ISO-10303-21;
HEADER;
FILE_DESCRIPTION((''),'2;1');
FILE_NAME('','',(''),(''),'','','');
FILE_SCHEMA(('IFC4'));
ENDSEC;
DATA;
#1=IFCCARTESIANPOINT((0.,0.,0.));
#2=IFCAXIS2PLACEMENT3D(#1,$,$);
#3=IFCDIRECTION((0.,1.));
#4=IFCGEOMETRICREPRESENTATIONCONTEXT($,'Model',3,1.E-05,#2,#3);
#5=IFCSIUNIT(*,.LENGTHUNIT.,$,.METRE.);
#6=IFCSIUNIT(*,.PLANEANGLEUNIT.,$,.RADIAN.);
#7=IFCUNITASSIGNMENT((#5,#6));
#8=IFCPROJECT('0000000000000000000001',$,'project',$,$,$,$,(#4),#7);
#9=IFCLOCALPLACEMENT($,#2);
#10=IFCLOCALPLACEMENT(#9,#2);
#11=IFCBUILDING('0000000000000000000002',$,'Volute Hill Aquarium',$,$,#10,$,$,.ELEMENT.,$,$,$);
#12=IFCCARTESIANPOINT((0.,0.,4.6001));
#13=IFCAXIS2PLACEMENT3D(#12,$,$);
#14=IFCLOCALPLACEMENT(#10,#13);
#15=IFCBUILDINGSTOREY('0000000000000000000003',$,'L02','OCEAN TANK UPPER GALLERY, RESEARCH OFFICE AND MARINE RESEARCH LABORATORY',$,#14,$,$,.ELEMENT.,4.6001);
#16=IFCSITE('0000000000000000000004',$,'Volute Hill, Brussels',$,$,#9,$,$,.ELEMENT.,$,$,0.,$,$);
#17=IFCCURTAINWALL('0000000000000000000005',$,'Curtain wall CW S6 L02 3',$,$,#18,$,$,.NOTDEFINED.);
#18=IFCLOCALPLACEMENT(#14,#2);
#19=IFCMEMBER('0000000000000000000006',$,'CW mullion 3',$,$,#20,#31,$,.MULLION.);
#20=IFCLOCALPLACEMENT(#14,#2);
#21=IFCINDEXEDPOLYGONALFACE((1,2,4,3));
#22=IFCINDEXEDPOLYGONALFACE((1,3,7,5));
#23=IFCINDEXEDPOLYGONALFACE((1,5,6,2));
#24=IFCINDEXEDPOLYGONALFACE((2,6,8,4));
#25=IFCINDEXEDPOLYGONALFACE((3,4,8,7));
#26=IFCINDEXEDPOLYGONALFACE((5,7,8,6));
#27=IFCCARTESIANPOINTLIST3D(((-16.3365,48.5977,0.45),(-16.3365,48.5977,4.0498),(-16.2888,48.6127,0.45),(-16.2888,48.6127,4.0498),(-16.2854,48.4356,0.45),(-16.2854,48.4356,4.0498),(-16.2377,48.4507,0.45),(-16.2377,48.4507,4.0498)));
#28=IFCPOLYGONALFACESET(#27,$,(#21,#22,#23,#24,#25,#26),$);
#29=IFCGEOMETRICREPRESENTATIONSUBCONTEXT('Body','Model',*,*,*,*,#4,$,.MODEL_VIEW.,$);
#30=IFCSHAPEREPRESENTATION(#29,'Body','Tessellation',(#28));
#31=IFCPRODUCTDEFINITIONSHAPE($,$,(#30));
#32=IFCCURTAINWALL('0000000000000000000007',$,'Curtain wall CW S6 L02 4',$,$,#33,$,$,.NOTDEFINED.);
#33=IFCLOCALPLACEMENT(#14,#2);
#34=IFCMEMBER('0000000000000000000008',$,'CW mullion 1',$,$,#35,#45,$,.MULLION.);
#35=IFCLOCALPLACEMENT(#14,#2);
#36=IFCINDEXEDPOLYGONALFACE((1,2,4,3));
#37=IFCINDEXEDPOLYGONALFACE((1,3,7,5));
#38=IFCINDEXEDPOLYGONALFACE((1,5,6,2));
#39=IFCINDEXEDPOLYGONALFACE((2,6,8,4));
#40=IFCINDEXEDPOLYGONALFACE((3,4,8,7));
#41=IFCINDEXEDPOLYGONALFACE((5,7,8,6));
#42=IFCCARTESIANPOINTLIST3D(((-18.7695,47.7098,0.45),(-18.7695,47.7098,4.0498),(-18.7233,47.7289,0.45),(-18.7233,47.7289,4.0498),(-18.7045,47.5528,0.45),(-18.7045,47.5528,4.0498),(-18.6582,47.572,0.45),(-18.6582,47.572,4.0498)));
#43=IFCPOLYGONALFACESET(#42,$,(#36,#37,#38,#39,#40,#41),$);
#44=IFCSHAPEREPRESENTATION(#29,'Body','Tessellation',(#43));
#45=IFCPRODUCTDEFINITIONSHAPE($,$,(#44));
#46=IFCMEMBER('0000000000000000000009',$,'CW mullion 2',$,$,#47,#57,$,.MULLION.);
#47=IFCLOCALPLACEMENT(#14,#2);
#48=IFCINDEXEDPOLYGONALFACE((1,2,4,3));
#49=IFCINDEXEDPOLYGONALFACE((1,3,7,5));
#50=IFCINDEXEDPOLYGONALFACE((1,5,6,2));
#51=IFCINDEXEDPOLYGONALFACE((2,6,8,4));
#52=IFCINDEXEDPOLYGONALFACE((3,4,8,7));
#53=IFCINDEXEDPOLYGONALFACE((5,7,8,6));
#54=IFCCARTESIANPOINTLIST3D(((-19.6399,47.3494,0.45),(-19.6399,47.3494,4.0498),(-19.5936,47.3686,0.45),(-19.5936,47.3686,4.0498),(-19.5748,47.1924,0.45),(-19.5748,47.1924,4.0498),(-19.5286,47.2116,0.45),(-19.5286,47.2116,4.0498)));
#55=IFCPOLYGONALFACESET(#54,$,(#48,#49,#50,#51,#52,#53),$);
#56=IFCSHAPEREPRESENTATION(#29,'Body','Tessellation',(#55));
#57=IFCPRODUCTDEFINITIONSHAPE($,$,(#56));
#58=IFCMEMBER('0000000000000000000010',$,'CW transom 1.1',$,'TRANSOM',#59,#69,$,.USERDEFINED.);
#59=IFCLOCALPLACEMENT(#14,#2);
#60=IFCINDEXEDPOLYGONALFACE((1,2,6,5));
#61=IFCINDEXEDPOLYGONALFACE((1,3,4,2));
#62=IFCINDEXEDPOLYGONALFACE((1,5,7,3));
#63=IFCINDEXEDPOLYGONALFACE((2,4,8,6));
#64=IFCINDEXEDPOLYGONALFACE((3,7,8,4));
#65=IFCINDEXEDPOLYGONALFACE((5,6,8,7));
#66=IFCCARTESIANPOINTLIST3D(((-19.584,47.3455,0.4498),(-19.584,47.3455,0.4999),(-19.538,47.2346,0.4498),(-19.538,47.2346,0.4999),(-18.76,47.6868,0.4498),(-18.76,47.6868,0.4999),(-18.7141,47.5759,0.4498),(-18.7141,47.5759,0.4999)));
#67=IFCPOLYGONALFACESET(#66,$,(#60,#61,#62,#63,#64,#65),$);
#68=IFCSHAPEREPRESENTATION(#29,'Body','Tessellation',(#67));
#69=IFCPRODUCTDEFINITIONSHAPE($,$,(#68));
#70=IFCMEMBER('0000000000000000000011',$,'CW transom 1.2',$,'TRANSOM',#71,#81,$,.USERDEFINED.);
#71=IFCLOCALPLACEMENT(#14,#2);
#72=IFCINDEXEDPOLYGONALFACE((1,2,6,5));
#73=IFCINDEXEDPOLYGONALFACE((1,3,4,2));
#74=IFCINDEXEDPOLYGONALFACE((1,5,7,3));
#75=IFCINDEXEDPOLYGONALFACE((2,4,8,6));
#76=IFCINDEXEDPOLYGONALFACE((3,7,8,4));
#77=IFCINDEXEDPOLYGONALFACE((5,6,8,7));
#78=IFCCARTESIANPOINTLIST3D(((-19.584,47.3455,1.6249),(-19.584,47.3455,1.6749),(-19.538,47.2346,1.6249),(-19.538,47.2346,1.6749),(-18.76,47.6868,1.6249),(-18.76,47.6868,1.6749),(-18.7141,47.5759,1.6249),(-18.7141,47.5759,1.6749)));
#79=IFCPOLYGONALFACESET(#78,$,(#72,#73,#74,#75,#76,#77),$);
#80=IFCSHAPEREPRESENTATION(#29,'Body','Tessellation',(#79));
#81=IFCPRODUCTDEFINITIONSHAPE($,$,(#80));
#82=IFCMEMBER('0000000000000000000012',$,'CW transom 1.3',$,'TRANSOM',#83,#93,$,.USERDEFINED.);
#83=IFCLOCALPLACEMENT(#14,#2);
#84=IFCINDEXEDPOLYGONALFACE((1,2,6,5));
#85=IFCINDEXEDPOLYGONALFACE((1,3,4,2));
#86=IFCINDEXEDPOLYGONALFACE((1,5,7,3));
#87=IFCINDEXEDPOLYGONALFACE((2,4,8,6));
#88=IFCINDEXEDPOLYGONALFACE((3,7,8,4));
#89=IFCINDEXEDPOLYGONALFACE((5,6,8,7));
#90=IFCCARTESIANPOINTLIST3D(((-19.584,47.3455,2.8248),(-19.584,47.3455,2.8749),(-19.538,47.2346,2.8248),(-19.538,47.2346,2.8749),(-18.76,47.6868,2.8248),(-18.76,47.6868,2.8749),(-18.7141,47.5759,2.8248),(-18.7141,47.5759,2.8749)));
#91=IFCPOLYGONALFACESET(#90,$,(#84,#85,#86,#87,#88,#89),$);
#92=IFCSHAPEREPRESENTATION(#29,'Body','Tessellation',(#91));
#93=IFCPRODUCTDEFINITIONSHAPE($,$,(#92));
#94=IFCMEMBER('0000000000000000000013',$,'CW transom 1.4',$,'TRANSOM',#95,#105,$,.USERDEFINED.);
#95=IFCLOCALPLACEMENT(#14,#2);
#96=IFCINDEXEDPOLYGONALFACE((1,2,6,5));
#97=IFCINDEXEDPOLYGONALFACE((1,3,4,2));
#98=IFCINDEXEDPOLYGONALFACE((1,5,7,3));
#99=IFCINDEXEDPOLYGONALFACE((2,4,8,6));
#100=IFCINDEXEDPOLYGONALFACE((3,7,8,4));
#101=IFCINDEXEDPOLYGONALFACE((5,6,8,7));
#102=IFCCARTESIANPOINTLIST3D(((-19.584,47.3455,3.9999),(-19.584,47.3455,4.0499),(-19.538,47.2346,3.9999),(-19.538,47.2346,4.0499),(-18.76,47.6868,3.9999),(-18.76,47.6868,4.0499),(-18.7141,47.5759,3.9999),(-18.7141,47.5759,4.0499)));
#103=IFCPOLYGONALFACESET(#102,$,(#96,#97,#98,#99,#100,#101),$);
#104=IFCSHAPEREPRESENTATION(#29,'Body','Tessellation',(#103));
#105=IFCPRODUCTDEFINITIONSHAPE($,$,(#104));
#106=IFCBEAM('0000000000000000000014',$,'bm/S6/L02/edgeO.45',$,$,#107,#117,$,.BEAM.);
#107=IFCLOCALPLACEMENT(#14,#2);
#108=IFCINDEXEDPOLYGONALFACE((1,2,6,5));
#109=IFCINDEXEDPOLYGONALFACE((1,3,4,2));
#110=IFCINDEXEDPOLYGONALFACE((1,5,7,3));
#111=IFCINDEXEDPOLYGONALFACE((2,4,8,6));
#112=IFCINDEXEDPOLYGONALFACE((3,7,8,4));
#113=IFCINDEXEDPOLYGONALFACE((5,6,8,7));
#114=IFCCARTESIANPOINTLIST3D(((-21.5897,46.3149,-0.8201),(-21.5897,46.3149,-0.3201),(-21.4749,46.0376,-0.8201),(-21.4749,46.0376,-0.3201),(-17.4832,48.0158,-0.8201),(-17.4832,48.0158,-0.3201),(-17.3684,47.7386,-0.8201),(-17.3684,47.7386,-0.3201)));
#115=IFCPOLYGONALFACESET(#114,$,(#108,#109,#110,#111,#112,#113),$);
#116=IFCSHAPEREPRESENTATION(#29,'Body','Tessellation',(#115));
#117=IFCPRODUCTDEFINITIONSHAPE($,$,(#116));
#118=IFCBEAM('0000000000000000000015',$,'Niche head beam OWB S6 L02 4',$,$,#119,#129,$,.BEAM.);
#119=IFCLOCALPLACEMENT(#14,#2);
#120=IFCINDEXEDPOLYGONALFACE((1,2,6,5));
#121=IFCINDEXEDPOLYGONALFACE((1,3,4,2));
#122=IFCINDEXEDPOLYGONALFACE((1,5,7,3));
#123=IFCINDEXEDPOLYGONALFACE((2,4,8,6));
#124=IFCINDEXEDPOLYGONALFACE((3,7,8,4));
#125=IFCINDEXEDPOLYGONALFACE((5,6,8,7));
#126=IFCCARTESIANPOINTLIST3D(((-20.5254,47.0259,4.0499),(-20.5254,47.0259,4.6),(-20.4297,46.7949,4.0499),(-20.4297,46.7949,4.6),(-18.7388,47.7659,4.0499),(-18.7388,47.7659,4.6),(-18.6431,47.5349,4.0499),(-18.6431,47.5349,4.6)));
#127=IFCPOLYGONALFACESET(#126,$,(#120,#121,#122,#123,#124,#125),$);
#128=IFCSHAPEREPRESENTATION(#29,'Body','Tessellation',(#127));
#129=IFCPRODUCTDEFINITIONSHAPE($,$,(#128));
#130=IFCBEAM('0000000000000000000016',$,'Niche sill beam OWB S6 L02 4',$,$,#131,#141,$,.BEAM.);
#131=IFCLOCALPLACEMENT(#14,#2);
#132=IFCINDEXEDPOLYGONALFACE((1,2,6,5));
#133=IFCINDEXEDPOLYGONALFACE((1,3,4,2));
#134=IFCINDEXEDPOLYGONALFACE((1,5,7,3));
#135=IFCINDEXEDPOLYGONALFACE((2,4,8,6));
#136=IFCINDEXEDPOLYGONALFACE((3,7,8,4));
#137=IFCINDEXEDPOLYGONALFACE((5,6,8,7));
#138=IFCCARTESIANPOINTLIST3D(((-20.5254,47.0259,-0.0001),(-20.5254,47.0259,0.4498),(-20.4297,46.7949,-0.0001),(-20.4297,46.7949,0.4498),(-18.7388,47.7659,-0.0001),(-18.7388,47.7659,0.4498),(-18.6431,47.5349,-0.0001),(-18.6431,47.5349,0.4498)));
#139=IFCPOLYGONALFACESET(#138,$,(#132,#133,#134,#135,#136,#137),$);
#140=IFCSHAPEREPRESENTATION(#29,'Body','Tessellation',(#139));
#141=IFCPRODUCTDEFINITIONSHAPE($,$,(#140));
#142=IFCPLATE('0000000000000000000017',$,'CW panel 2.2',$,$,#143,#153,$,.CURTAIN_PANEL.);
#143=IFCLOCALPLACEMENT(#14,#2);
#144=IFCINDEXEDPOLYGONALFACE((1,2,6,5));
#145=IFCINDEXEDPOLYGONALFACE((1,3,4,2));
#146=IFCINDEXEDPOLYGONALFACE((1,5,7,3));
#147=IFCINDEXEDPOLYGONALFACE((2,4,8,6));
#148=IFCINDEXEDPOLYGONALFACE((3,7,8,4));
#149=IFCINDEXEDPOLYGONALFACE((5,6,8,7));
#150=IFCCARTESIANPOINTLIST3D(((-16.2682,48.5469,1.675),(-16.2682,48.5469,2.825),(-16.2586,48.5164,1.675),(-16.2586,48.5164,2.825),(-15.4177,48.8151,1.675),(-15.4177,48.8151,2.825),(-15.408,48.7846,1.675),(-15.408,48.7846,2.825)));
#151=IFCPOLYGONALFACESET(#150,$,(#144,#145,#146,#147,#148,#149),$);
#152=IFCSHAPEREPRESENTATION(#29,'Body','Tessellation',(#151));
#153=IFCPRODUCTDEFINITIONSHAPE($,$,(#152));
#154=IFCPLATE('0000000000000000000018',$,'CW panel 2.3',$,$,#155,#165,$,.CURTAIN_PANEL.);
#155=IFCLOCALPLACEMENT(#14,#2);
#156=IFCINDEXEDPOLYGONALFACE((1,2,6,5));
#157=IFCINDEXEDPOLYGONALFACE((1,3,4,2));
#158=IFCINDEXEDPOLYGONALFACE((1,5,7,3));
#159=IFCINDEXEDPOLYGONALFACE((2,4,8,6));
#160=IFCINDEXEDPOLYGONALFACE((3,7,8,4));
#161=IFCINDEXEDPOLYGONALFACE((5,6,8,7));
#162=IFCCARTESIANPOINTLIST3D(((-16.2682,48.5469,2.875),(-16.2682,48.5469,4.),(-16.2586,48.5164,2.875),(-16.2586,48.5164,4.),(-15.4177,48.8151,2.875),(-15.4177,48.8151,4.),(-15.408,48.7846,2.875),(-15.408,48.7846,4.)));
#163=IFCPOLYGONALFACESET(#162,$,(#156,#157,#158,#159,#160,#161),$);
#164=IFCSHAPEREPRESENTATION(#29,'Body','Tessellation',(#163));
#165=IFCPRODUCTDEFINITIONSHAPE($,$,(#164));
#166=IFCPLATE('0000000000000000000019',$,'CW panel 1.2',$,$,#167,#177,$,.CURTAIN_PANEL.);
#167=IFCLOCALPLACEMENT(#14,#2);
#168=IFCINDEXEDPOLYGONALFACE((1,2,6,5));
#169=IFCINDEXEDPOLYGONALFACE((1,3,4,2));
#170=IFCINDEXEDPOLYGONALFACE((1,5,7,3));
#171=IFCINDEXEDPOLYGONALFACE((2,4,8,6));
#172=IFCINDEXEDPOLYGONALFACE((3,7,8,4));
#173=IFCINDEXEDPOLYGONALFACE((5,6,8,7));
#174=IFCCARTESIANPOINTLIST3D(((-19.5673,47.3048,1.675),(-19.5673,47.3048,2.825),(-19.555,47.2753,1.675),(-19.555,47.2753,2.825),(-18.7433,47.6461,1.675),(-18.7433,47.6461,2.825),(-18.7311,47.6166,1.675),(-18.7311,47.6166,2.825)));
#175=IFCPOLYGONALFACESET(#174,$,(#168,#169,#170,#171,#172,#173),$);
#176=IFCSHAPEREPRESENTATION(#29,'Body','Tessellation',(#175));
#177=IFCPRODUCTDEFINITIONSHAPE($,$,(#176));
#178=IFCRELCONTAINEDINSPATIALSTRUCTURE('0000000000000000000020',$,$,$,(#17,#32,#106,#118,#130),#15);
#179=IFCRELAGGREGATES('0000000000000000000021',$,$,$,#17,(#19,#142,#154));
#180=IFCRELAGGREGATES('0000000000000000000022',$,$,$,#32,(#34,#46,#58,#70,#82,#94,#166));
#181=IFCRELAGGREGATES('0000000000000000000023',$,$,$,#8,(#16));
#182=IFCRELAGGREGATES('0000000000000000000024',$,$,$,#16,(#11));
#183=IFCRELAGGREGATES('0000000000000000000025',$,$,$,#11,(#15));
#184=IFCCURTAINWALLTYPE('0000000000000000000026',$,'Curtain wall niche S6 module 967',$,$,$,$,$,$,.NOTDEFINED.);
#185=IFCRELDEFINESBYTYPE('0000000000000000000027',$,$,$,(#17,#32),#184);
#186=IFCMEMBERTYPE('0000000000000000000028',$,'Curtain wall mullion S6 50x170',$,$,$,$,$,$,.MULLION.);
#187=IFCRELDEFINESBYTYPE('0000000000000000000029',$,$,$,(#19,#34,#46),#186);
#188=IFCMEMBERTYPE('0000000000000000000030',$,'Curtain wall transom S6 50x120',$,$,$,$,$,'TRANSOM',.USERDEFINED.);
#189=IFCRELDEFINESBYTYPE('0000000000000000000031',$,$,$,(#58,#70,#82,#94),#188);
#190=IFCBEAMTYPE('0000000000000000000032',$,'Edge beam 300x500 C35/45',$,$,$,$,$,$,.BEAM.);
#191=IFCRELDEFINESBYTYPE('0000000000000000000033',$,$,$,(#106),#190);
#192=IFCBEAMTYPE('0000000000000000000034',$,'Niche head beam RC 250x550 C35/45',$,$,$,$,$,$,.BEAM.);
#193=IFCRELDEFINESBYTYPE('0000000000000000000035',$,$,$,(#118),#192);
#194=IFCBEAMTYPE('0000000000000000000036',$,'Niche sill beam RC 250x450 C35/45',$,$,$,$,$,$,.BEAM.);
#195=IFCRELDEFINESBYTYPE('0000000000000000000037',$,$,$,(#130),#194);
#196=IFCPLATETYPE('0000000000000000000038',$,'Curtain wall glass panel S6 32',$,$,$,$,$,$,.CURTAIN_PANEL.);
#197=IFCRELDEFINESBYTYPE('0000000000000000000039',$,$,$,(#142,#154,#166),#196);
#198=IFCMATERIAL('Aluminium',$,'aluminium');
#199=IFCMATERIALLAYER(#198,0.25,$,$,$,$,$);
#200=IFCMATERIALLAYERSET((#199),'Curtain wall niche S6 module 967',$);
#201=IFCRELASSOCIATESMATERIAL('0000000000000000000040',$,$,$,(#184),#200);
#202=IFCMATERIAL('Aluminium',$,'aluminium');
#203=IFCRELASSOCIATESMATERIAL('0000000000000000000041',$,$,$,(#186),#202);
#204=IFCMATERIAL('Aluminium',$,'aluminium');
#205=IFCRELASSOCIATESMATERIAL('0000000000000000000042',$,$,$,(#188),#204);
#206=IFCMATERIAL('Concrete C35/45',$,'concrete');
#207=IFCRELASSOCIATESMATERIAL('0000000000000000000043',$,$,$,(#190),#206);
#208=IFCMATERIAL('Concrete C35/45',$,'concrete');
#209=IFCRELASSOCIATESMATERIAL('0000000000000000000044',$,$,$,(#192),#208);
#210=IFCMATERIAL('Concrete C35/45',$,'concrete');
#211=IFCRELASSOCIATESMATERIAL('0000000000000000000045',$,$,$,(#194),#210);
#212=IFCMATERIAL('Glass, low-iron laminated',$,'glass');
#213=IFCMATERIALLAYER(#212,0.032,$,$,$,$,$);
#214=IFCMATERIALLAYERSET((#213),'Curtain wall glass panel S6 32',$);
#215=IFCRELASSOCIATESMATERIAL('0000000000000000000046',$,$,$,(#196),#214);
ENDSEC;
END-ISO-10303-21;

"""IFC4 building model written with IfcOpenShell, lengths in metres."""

from ifc_helpers import new_model, si_unit, direction, frame, origin, origin_2d, place, context, subcontext, project, spatial, rectangle, extrude, material, layer, layer_set, material_profile, profile_set, type_object, element, aggregate, save


model = new_model("IFC4")

# Units and contexts
model_context = context("Model", 3, precision=1e-05, world=origin(), true_north=direction((0.0, 1.0)))
body_context = subcontext(model_context, "Body", "Model", "MODEL_VIEW")
ifc_project = project(units=[si_unit("LENGTHUNIT", "METRE"), si_unit("PLANEANGLEUNIT", "RADIAN")], contexts=[model_context])

# Site, building, storey
site_placement = place(None, origin())
site = spatial("IfcSite", under=ifc_project, at=site_placement, Name="Volute Hill, Brussels", CompositionType="ELEMENT", RefElevation=0.0)
building_placement = place(site_placement, origin())
building = spatial("IfcBuilding", under=site, at=building_placement, Name="Volute Hill Aquarium", CompositionType="ELEMENT")
storey_placement = place(building_placement, frame((0.0, 0.0, 4.6001)))
storey = spatial("IfcBuildingStorey", under=building, at=storey_placement, Name="L02", Description="OCEAN TANK UPPER GALLERY, RESEARCH OFFICE AND MARINE RESEARCH LABORATORY", CompositionType="ELEMENT", Elevation=4.6001)

# Curtain wall, member
ifc_material_1 = material(Name="Aluminium", Category="aluminium")
ifc_layer_1 = layer(ifc_material_1, 0.25)
ifc_layer_set_1 = layer_set([ifc_layer_1], Name="Curtain wall niche S6 module 967")
curtain_wall_type = type_object("IfcCurtainWallType", Name="Curtain wall niche S6 module 967", PredefinedType="NOTDEFINED", material=ifc_layer_set_1)
curtain_wall_1_placement = place(storey_placement, origin())
curtain_wall_1 = element("IfcCurtainWall", 1, at=curtain_wall_1_placement, inside=storey, type_object=curtain_wall_type, Name="Curtain wall CW S6 L02 3", PredefinedType="NOTDEFINED")
ifc_material_2 = material(Name="Aluminium", Category="aluminium")
ifc_material_profile_1 = material_profile(ifc_material_2, rectangle(XDim=0.1699, YDim=0.05, at=origin_2d()), Name="Curtain wall mullion S6 50x170")
ifc_profile_set_1 = profile_set([ifc_material_profile_1], Name="Aluminium")
member_type_1 = type_object("IfcMemberType", Name="Curtain wall mullion S6 50x170", PredefinedType="MULLION", material=ifc_profile_set_1)
member_1_placement = place(storey_placement, frame((-16.2871, 48.5242, 0.45), z_axis=(0.0, 0.0, 1.0), x_axis=(0.300706, -0.953717, 0.0)))
member_1 = element("IfcMember", 2, at=member_1_placement, type_object=member_type_1, Name="CW mullion 3", PredefinedType="MULLION", context=body_context, shape_type="SweptSolid", body=[
    extrude(rectangle(XDim=0.1699, YDim=0.05, at=origin_2d()), origin(), (0.0, 0.0, 1.0), 3.5999),
])

# Curtain wall, members
curtain_wall_2_placement = place(storey_placement, origin())
curtain_wall_2 = element("IfcCurtainWall", 3, at=curtain_wall_2_placement, inside=storey, type_object=curtain_wall_type, Name="Curtain wall CW S6 L02 4", PredefinedType="NOTDEFINED")
member_2_placement = place(storey_placement, frame((-18.7139, 47.6409, 0.45), z_axis=(0.0, 0.0, 1.0), x_axis=(0.38268, -0.923881, 0.0)))
member_2 = element("IfcMember", 4, at=member_2_placement, type_object=member_type_1, Name="CW mullion 1", PredefinedType="MULLION", context=body_context, shape_type="SweptSolid", body=[
    extrude(rectangle(XDim=0.1699, YDim=0.05, at=origin_2d()), origin(), (0.0, 0.0, 1.0), 3.5999),
])
member_3_placement = place(storey_placement, frame((-19.5842, 47.2805, 0.45), z_axis=(0.0, 0.0, 1.0), x_axis=(0.38268, -0.923881, 0.0)))
member_3 = element("IfcMember", 5, at=member_3_placement, type_object=member_type_1, Name="CW mullion 2", PredefinedType="MULLION", context=body_context, shape_type="SweptSolid", body=[
    extrude(rectangle(XDim=0.1699, YDim=0.05, at=origin_2d()), origin(), (0.0, 0.0, 1.0), 3.5999),
])
ifc_material_3 = material(Name="Aluminium", Category="aluminium")
ifc_material_profile_2 = material_profile(ifc_material_3, rectangle(XDim=0.1201, YDim=0.05, at=origin_2d()), Name="Curtain wall transom S6 50x120")
ifc_profile_set_2 = profile_set([ifc_material_profile_2], Name="Aluminium")
member_type_2 = type_object("IfcMemberType", Name="Curtain wall transom S6 50x120", ElementType="TRANSOM", PredefinedType="USERDEFINED", material=ifc_profile_set_2)
member_4_placement = place(storey_placement, frame((-18.7371, 47.6313, 0.4749), z_axis=(-0.923877, -0.38269, 0.0), x_axis=(0.38269, -0.923877, 0.0)))
member_4 = element("IfcMember", 6, at=member_4_placement, type_object=member_type_2, Name="CW transom 1.1", ObjectType="TRANSOM", PredefinedType="USERDEFINED", context=body_context, shape_type="SweptSolid", body=[
    extrude(rectangle(XDim=0.1201, YDim=0.05, at=origin_2d()), origin(), (0.0, 0.0, 1.0), 0.8918),
])
member_5_placement = place(storey_placement, frame((-18.7371, 47.6313, 1.6499), z_axis=(-0.923877, -0.38269, 0.0), x_axis=(0.38269, -0.923877, 0.0)))
member_5 = element("IfcMember", 7, at=member_5_placement, type_object=member_type_2, Name="CW transom 1.2", ObjectType="TRANSOM", PredefinedType="USERDEFINED", context=body_context, shape_type="SweptSolid", body=[
    extrude(rectangle(XDim=0.1201, YDim=0.05, at=origin_2d()), origin(), (0.0, 0.0, 1.0), 0.8918),
])
member_6_placement = place(storey_placement, frame((-18.7371, 47.6313, 2.8499), z_axis=(-0.923877, -0.38269, 0.0), x_axis=(0.38269, -0.923877, 0.0)))
member_6 = element("IfcMember", 8, at=member_6_placement, type_object=member_type_2, Name="CW transom 1.3", ObjectType="TRANSOM", PredefinedType="USERDEFINED", context=body_context, shape_type="SweptSolid", body=[
    extrude(rectangle(XDim=0.1201, YDim=0.05, at=origin_2d()), origin(), (0.0, 0.0, 1.0), 0.8918),
])
member_7_placement = place(storey_placement, frame((-18.7371, 47.6313, 4.0249), z_axis=(-0.923877, -0.38269, 0.0), x_axis=(0.38269, -0.923877, 0.0)))
member_7 = element("IfcMember", 9, at=member_7_placement, type_object=member_type_2, Name="CW transom 1.4", ObjectType="TRANSOM", PredefinedType="USERDEFINED", context=body_context, shape_type="SweptSolid", body=[
    extrude(rectangle(XDim=0.1201, YDim=0.05, at=origin_2d()), origin(), (0.0, 0.0, 1.0), 0.8918),
])

# Beams
ifc_material_4 = material(Name="Concrete C35/45", Category="concrete")
ifc_material_profile_3 = material_profile(ifc_material_4, rectangle(XDim=0.3, YDim=0.5, at=origin_2d()), Name="RC edge beam 300x500")
ifc_profile_set_3 = profile_set([ifc_material_profile_3], Name="Concrete C35/45")
beam_type_1 = type_object("IfcBeamType", Name="Edge beam 300x500 C35/45", PredefinedType="BEAM", material=ifc_profile_set_3)
beam_1_placement = place(storey_placement, frame((-17.4258, 47.8772, -0.5701), z_axis=(-0.923881, -0.38268, 0.0), x_axis=(0.38268, -0.923881, 0.0)))
element("IfcBeam", 10, at=beam_1_placement, inside=storey, type_object=beam_type_1, Name="bm/S6/L02/edgeO.45", PredefinedType="BEAM", context=body_context, shape_type="SweptSolid", body=[
    extrude(rectangle(XDim=0.3, YDim=0.5, at=origin_2d()), origin(), (0.0, 0.0, 1.0), 4.4448),
])
ifc_material_5 = material(Name="Concrete C35/45", Category="concrete")
ifc_material_profile_4 = material_profile(ifc_material_5, rectangle(XDim=0.25, YDim=0.55, at=origin_2d()), Name="RC beam 250x550")
ifc_profile_set_4 = profile_set([ifc_material_profile_4], Name="Concrete C35/45")
beam_type_2 = type_object("IfcBeamType", Name="Niche head beam RC 250x550 C35/45", PredefinedType="BEAM", material=ifc_profile_set_4)
beam_2_placement = place(storey_placement, frame((-18.6909, 47.6504, 4.325), z_axis=(-0.923889, -0.38266, 0.0), x_axis=(0.38266, -0.923889, 0.0)))
element("IfcBeam", 11, at=beam_2_placement, inside=storey, type_object=beam_type_2, Name="Niche head beam OWB S6 L02 4", PredefinedType="BEAM", context=body_context, shape_type="SweptSolid", body=[
    extrude(rectangle(XDim=0.25, YDim=0.55, at=origin_2d()), origin(), (0.0, 0.0, 1.0), 1.9338),
])
ifc_material_6 = material(Name="Concrete C35/45", Category="concrete")
ifc_material_profile_5 = material_profile(ifc_material_6, rectangle(XDim=0.25, YDim=0.45, at=origin_2d()), Name="RC beam 250x450")
ifc_profile_set_5 = profile_set([ifc_material_profile_5], Name="Concrete C35/45")
beam_type_3 = type_object("IfcBeamType", Name="Niche sill beam RC 250x450 C35/45", PredefinedType="BEAM", material=ifc_profile_set_5)
beam_3_placement = place(storey_placement, frame((-18.6909, 47.6504, 0.2249), z_axis=(-0.923889, -0.38266, 0.0), x_axis=(0.38266, -0.923889, 0.0)))
element("IfcBeam", 12, at=beam_3_placement, inside=storey, type_object=beam_type_3, Name="Niche sill beam OWB S6 L02 4", PredefinedType="BEAM", context=body_context, shape_type="SweptSolid", body=[
    extrude(rectangle(XDim=0.25, YDim=0.45, at=origin_2d()), origin(), (0.0, 0.0, 1.0), 1.9338),
])

# Plates
ifc_material_7 = material(Name="Glass, low-iron laminated", Category="glass")
ifc_layer_2 = layer(ifc_material_7, 0.032)
ifc_layer_set_2 = layer_set([ifc_layer_2], Name="Curtain wall glass panel S6 32")
plate_type_1 = type_object("IfcPlateType", Name="Curtain wall glass panel S6 32", PredefinedType="CURTAIN_PANEL", material=ifc_layer_set_2)
plate_1_placement = place(storey_placement, frame((-15.8381, 48.6658, 1.675), z_axis=(0.0, 0.0, 1.0), x_axis=(-0.953717, -0.300706, 0.0)))
plate_1 = element("IfcPlate", 13, at=plate_1_placement, type_object=plate_type_1, Name="CW panel 2.2", PredefinedType="CURTAIN_PANEL", context=body_context, shape_type="SweptSolid", body=[
    extrude(rectangle(XDim=0.8918, YDim=0.032, at=origin_2d()), origin(), (0.0, 0.0, 1.0), 1.1499),
])
plate_2_placement = place(storey_placement, frame((-15.8381, 48.6658, 2.875), z_axis=(0.0, 0.0, 1.0), x_axis=(-0.953717, -0.300706, 0.0)))
plate_2 = element("IfcPlate", 14, at=plate_2_placement, type_object=plate_type_1, Name="CW panel 2.3", PredefinedType="CURTAIN_PANEL", context=body_context, shape_type="SweptSolid", body=[
    extrude(rectangle(XDim=0.8918, YDim=0.032, at=origin_2d()), origin(), (0.0, 0.0, 1.0), 1.125),
])
plate_3_placement = place(storey_placement, frame((-19.1492, 47.4607, 1.675), z_axis=(0.0, 0.0, 1.0), x_axis=(-0.923881, -0.38268, 0.0)))
plate_3 = element("IfcPlate", 15, at=plate_3_placement, type_object=plate_type_1, Name="CW panel 1.2", PredefinedType="CURTAIN_PANEL", context=body_context, shape_type="SweptSolid", body=[
    extrude(rectangle(XDim=0.8918, YDim=0.032, at=origin_2d()), origin(), (0.0, 0.0, 1.0), 1.1499),
])
aggregate(curtain_wall_1, [member_1, plate_1, plate_2])
aggregate(curtain_wall_2, [member_2, member_3, member_4, member_5, member_6, member_7, plate_3])

save(model, "model.ifc")
